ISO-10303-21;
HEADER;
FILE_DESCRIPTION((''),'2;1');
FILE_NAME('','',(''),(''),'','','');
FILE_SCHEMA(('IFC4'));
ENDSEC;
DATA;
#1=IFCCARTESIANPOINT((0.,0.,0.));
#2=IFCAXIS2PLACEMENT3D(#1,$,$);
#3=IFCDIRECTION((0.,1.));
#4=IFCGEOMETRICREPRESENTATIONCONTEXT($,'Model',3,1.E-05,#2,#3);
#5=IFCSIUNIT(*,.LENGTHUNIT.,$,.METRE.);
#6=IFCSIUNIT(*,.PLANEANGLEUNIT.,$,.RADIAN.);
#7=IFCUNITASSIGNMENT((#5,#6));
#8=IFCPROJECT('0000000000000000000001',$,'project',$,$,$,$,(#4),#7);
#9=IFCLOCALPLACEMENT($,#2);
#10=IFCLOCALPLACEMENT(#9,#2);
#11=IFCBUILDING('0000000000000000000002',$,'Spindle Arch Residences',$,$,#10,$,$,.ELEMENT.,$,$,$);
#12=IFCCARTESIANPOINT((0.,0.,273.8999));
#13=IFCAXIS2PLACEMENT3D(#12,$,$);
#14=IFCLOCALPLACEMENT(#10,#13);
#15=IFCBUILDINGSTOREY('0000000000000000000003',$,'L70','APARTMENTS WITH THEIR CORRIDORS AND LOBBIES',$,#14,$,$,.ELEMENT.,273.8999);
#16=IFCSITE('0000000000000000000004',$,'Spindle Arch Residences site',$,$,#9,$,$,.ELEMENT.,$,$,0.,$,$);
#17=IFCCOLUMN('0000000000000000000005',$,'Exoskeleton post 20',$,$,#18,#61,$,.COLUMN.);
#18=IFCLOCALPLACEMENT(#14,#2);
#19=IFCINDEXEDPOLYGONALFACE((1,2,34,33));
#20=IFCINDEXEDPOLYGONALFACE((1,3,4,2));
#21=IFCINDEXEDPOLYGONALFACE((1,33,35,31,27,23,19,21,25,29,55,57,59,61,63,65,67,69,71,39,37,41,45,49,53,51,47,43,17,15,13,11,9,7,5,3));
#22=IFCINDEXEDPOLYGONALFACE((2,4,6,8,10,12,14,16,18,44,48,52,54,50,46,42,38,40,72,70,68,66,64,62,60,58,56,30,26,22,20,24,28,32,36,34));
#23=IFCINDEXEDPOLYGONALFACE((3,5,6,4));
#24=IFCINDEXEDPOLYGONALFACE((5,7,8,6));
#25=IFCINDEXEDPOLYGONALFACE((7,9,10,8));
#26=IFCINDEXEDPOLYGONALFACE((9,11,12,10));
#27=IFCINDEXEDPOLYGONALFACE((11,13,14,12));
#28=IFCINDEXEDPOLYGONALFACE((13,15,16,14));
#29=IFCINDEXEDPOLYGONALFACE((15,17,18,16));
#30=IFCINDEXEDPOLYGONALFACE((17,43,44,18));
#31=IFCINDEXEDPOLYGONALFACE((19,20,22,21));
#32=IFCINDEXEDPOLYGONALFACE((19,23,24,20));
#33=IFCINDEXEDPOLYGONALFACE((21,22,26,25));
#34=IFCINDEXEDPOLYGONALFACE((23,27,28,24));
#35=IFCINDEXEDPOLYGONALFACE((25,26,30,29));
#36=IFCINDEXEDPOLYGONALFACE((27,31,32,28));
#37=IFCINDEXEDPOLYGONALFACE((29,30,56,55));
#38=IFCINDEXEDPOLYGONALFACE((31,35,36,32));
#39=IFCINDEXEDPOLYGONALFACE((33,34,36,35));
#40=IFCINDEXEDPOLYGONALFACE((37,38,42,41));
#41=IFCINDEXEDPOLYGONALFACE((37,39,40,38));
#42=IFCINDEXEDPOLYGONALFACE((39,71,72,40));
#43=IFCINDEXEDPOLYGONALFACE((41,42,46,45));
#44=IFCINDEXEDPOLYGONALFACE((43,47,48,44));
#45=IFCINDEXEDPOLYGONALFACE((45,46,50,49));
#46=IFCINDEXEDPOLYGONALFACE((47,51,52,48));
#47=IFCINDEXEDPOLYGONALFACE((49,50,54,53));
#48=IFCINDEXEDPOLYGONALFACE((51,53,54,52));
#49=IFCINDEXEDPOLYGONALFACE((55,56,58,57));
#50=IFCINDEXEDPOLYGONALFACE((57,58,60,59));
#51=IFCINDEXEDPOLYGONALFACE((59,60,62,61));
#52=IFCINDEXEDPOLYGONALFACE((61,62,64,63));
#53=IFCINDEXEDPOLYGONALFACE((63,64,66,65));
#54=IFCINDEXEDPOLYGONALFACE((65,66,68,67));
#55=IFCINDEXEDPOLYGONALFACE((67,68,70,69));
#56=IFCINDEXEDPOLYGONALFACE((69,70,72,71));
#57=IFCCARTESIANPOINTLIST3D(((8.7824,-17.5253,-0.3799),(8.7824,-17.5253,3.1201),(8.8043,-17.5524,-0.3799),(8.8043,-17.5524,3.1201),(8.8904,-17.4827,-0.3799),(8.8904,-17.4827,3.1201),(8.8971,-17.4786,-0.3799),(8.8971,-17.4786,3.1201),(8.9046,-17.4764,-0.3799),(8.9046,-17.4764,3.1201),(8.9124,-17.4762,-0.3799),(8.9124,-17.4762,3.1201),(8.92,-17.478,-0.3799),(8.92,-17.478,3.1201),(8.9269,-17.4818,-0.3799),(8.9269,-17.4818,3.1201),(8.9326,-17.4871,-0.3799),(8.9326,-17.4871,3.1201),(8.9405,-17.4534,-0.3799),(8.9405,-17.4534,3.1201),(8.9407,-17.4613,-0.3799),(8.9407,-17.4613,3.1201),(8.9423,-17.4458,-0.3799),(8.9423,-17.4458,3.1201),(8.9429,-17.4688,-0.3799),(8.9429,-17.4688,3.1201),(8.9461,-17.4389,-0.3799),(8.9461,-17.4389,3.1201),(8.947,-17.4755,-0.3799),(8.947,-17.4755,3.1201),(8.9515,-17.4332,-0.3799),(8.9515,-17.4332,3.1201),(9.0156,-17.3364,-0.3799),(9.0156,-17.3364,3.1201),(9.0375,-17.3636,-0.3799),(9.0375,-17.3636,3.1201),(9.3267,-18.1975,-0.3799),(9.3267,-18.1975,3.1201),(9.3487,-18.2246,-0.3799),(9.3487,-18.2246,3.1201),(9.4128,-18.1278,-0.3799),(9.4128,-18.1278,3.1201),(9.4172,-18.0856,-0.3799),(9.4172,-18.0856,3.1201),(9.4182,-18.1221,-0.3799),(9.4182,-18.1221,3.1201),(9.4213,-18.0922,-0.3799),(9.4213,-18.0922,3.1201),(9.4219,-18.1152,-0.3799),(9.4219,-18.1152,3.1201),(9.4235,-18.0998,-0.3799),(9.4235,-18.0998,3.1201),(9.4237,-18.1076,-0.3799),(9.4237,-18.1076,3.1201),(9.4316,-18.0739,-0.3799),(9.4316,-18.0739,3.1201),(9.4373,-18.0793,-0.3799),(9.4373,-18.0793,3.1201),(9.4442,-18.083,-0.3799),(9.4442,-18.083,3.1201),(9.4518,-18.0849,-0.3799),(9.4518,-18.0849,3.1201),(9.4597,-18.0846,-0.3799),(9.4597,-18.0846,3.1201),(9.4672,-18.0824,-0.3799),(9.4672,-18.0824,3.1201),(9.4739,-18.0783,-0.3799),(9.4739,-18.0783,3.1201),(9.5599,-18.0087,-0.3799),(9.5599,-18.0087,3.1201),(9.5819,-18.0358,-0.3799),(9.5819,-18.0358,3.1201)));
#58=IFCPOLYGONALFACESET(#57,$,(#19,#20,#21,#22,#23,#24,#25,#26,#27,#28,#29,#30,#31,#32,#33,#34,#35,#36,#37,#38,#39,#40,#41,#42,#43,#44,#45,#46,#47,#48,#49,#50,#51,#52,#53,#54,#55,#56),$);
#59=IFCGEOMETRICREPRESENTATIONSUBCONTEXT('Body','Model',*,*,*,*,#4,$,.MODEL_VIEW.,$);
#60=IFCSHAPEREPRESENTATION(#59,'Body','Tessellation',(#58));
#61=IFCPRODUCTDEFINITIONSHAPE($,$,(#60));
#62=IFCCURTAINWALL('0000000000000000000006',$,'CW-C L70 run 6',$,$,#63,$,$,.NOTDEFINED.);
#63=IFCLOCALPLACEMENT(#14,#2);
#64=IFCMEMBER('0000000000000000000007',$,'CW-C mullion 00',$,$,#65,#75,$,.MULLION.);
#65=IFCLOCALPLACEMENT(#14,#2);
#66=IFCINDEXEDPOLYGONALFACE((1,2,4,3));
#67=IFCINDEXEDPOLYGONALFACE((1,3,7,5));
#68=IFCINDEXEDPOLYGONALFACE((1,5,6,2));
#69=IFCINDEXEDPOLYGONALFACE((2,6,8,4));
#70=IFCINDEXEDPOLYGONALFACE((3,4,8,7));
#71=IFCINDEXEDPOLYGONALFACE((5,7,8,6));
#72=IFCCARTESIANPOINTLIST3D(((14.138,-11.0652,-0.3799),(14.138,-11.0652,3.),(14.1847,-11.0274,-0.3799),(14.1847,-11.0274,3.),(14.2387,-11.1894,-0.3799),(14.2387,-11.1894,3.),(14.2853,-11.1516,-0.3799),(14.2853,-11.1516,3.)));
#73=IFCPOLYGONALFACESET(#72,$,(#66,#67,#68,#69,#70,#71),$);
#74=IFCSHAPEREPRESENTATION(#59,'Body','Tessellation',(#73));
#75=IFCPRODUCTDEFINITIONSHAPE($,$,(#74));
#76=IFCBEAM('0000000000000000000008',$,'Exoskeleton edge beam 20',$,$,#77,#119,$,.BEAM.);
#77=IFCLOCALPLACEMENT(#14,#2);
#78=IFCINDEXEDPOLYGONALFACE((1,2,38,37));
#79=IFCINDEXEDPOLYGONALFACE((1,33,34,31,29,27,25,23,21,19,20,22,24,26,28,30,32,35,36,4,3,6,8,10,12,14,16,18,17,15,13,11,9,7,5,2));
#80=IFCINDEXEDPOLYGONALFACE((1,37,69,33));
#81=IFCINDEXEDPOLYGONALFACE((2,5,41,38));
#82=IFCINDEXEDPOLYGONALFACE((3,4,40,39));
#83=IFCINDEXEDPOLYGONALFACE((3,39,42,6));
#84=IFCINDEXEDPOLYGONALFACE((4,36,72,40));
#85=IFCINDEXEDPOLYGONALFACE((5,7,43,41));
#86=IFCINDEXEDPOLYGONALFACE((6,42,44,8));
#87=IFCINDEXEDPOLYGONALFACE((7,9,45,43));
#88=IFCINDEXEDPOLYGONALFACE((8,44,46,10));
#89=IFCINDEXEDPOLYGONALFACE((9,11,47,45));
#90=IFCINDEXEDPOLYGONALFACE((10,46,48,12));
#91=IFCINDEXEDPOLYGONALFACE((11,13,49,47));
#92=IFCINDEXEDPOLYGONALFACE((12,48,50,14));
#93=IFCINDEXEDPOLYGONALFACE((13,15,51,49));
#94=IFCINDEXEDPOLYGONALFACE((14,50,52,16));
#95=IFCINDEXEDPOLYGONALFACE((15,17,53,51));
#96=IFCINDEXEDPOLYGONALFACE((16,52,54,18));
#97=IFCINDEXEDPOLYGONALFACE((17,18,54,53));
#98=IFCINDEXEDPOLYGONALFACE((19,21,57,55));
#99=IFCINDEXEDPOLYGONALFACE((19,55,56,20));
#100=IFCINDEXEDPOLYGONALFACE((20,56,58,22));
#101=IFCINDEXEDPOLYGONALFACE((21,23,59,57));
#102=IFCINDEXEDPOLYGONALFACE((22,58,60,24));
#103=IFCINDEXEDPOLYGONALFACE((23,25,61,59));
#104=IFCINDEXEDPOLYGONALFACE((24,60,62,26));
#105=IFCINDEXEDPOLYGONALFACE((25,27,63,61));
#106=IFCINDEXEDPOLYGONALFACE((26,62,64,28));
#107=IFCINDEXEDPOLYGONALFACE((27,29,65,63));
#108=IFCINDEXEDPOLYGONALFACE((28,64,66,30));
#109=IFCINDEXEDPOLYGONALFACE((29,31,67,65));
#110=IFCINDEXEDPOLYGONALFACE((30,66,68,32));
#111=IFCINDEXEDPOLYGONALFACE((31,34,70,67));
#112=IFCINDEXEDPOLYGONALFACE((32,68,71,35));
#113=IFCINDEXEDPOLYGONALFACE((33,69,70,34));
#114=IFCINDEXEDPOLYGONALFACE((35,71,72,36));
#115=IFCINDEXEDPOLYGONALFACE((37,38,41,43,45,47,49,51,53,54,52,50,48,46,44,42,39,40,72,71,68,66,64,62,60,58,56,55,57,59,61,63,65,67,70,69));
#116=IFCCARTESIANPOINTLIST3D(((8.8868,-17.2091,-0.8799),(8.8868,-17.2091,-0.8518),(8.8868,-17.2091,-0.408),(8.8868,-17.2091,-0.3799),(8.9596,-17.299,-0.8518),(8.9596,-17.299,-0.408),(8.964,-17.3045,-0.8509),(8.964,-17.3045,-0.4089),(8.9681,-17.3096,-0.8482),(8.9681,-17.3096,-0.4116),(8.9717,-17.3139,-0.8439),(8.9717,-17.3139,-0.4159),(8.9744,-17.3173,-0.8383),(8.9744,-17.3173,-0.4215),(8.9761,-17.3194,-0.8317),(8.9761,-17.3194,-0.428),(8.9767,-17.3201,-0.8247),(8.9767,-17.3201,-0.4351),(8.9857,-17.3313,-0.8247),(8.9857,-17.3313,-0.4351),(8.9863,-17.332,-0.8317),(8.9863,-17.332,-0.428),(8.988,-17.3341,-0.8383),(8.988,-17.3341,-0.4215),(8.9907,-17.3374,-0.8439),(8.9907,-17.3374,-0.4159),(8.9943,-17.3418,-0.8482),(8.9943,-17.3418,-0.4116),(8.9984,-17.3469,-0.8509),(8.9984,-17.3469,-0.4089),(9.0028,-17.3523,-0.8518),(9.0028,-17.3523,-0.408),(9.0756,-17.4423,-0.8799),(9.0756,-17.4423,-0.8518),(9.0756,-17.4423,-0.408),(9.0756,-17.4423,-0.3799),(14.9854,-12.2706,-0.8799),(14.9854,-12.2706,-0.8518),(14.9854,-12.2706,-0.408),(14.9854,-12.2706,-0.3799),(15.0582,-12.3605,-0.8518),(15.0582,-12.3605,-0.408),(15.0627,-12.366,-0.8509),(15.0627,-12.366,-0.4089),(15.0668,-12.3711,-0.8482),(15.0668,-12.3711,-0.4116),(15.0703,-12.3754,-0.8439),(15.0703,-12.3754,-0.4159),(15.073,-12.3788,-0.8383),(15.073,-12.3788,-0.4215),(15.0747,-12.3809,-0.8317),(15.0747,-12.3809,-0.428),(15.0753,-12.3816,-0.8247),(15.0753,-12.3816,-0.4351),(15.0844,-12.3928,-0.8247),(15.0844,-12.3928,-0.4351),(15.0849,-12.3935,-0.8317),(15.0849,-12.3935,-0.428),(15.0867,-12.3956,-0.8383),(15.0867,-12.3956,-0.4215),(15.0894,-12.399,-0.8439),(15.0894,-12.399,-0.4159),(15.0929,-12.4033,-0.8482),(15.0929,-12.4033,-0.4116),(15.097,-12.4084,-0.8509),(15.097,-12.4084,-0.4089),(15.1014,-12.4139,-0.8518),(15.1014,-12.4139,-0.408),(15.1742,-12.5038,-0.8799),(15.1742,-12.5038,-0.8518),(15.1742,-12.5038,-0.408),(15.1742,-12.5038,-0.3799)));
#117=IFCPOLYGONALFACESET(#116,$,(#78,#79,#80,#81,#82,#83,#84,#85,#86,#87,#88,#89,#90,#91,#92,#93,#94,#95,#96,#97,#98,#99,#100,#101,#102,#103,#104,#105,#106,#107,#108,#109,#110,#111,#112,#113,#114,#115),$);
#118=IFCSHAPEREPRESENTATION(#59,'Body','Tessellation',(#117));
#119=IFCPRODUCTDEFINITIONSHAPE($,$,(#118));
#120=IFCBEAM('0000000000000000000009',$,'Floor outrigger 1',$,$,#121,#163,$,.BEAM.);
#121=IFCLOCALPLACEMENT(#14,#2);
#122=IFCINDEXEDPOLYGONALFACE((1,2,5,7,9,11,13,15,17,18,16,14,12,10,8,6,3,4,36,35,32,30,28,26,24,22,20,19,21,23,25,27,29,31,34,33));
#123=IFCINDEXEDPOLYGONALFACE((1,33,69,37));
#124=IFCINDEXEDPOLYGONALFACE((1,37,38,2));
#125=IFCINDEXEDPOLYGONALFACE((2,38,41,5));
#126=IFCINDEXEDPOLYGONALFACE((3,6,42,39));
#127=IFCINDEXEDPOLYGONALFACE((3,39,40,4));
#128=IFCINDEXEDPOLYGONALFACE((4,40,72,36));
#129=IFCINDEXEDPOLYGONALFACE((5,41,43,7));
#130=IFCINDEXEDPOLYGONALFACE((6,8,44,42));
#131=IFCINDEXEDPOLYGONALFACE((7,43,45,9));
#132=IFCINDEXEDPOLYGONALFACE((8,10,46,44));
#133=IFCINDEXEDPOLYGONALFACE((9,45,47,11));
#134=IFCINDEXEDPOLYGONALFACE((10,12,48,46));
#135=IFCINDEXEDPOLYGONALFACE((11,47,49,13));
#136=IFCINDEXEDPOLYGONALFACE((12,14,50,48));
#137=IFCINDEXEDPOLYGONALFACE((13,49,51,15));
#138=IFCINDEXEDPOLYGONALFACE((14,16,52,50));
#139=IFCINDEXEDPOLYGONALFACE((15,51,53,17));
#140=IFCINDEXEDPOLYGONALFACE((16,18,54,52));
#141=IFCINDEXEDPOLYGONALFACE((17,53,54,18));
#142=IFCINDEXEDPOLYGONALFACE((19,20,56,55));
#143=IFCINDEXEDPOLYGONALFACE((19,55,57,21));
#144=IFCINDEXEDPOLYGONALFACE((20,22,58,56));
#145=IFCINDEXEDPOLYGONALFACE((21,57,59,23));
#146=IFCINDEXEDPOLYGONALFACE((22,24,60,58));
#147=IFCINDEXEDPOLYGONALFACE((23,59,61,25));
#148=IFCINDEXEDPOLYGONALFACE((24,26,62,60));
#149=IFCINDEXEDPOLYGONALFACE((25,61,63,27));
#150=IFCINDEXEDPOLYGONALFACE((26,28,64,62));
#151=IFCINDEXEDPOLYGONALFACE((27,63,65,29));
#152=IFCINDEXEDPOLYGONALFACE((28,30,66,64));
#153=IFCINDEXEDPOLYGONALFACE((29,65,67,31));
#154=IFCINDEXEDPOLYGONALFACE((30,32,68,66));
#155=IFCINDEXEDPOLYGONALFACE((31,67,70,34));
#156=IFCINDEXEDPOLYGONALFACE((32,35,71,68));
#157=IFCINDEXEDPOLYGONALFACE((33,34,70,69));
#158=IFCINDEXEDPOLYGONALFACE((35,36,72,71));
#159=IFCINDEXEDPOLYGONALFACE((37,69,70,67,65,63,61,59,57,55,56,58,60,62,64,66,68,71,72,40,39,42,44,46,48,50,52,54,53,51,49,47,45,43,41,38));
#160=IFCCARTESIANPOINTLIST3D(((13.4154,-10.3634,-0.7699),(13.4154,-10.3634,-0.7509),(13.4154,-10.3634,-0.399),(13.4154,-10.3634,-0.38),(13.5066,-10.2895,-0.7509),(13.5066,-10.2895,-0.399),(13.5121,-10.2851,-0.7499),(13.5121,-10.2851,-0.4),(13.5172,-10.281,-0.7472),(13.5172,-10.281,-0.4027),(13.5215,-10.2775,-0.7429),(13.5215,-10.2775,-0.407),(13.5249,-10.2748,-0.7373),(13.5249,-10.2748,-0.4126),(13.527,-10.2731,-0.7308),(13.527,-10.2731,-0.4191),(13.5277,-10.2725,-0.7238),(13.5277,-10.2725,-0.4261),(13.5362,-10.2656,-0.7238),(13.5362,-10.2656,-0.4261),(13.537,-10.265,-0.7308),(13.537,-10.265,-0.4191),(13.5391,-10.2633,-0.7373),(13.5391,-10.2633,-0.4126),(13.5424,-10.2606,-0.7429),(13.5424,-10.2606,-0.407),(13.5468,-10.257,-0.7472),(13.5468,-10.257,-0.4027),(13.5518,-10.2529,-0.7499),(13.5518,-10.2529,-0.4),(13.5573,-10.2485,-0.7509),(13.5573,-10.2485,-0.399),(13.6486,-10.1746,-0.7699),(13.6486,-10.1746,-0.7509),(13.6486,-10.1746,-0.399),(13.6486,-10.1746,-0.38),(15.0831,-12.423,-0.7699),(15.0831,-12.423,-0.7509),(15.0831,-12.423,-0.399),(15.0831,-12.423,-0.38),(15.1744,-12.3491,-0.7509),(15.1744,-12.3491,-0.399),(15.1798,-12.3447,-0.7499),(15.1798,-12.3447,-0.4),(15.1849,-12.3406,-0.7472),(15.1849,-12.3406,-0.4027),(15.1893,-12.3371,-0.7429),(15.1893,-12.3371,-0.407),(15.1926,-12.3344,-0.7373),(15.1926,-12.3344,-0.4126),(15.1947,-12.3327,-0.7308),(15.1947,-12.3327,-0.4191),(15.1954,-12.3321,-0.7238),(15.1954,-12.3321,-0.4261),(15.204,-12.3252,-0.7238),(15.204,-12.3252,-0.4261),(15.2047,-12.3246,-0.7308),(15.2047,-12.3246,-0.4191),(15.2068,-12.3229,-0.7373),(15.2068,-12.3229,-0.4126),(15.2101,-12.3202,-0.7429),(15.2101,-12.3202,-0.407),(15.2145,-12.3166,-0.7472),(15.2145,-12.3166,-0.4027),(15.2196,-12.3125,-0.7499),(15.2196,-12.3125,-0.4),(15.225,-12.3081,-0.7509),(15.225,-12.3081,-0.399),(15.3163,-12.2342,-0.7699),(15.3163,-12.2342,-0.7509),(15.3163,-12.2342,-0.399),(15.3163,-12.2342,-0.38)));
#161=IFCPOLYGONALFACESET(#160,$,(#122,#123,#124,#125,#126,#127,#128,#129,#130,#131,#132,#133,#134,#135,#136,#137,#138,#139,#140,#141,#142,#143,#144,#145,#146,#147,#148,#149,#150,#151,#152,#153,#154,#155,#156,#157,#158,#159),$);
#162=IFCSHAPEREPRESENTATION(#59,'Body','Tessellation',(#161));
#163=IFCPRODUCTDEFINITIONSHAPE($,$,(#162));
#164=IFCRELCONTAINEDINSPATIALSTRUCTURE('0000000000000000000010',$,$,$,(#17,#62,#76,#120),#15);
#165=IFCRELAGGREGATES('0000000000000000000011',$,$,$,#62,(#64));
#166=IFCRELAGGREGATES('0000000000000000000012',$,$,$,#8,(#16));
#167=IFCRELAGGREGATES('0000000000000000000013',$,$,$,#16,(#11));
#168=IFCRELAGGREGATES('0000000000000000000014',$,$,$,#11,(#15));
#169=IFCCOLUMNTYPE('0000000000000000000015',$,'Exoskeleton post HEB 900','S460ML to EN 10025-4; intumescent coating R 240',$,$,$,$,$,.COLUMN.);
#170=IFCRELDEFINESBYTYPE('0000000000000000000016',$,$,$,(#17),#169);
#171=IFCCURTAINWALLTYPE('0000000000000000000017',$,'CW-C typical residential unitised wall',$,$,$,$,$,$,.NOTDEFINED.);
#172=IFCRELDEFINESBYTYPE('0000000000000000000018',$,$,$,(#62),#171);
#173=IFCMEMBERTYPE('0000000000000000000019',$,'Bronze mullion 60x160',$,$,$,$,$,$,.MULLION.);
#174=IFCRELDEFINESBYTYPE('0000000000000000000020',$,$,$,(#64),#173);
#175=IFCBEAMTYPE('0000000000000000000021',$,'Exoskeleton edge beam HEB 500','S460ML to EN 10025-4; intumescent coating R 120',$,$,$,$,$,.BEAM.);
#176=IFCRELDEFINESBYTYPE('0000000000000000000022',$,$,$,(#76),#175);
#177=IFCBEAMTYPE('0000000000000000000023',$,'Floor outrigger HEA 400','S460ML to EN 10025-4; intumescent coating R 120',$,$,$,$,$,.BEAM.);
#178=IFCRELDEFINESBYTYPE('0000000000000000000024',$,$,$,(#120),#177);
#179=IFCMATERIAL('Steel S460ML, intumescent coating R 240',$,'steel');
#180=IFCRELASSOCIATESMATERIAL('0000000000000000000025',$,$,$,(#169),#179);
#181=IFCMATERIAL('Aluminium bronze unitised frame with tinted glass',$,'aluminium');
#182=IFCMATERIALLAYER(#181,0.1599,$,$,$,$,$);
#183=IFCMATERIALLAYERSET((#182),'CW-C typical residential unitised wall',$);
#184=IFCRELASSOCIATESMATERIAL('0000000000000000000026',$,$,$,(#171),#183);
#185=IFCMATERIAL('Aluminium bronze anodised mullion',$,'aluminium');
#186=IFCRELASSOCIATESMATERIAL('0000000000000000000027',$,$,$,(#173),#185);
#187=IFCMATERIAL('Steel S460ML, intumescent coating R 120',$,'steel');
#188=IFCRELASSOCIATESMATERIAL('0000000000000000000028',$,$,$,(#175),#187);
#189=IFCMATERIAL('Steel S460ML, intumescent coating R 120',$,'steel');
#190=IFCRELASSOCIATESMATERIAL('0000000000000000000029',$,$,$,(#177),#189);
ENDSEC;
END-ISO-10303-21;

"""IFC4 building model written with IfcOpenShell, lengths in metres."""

from ifc_helpers import new_model, si_unit, direction, frame, origin, origin_2d, place, context, subcontext, project, spatial, rectangle, i_section, extrude, material, layer, layer_set, material_profile, profile_set, type_object, element, aggregate, save


model = new_model("IFC4")

# Units and contexts
model_context = context("Model", 3, precision=1e-05, world=origin(), true_north=direction((0.0, 1.0)))
body_context = subcontext(model_context, "Body", "Model", "MODEL_VIEW")
ifc_project = project(units=[si_unit("LENGTHUNIT", "METRE"), si_unit("PLANEANGLEUNIT", "RADIAN")], contexts=[model_context])

# Site, building, storey
site_placement = place(None, origin())
site = spatial("IfcSite", under=ifc_project, at=site_placement, Name="Spindle Arch Residences site", CompositionType="ELEMENT", RefElevation=0.0)
building_placement = place(site_placement, origin())
building = spatial("IfcBuilding", under=site, at=building_placement, Name="Spindle Arch Residences", CompositionType="ELEMENT")
storey_placement = place(building_placement, frame((0.0, 0.0, 273.8999)))
storey = spatial("IfcBuildingStorey", under=building, at=storey_placement, Name="L70", Description="APARTMENTS WITH THEIR CORRIDORS AND LOBBIES", CompositionType="ELEMENT", Elevation=273.8999)

# Column
ifc_material_1 = material(Name="Steel S460ML, intumescent coating R 240", Category="steel")
ifc_material_profile_1 = material_profile(ifc_material_1, i_section(OverallWidth=0.3, OverallDepth=0.8999, WebThickness=0.0186, FlangeThickness=0.0349, FilletRadius=0.03, at=origin_2d()), Name="HEB 900")
ifc_profile_set_1 = profile_set([ifc_material_profile_1], Name="Steel S460ML, intumescent coating R 240")
column_type = type_object("IfcColumnType", Name="Exoskeleton post HEB 900", Description="S460ML to EN 10025-4; intumescent coating R 240", PredefinedType="COLUMN", material=ifc_profile_set_1)
column_placement = place(storey_placement, frame((9.1821, -17.7805, -0.3799), z_axis=(0.0, 0.0, 1.0), x_axis=(-0.777146, -0.62932, 0.0)))
element("IfcColumn", 1, at=column_placement, inside=storey, type_object=column_type, Name="Exoskeleton post 20", PredefinedType="COLUMN", context=body_context, shape_type="SweptSolid", body=[
    extrude(i_section(OverallWidth=0.3, OverallDepth=0.8999, WebThickness=0.0186, FlangeThickness=0.0349, FilletRadius=0.03, at=origin_2d()), origin(), (0.0, 0.0, 1.0), 3.5),
])

# Curtain wall, member
ifc_material_2 = material(Name="Aluminium bronze unitised frame with tinted glass", Category="aluminium")
ifc_layer_1 = layer(ifc_material_2, 0.1599)
ifc_layer_set_1 = layer_set([ifc_layer_1], Name="CW-C typical residential unitised wall")
curtain_wall_type = type_object("IfcCurtainWallType", Name="CW-C typical residential unitised wall", PredefinedType="NOTDEFINED", material=ifc_layer_set_1)
curtain_wall_placement = place(storey_placement, origin())
curtain_wall = element("IfcCurtainWall", 2, at=curtain_wall_placement, inside=storey, type_object=curtain_wall_type, Name="CW-C L70 run 6", PredefinedType="NOTDEFINED")
ifc_material_3 = material(Name="Aluminium bronze anodised mullion", Category="aluminium")
ifc_material_profile_2 = material_profile(ifc_material_3, rectangle(XDim=0.1599, YDim=0.0601, at=origin_2d()), Name="MU 60x160")
ifc_profile_set_2 = profile_set([ifc_material_profile_2], Name="Aluminium bronze anodised mullion")
member_type = type_object("IfcMemberType", Name="Bronze mullion 60x160", PredefinedType="MULLION", material=ifc_profile_set_2)
member_placement = place(storey_placement, frame((14.2117, -11.1084, -0.3799), z_axis=(0.0, 0.0, 1.0), x_axis=(-0.62932, 0.777146, 0.0)))
member = element("IfcMember", 3, at=member_placement, type_object=member_type, Name="CW-C mullion 00", PredefinedType="MULLION", context=body_context, shape_type="SweptSolid", body=[
    extrude(rectangle(XDim=0.1599, YDim=0.0601, at=origin_2d()), origin(), (0.0, 0.0, 1.0), 3.3799),
])

# Beams
ifc_material_4 = material(Name="Steel S460ML, intumescent coating R 120", Category="steel")
ifc_material_profile_3 = material_profile(ifc_material_4, i_section(OverallWidth=0.3, OverallDepth=0.5, WebThickness=0.0144, FlangeThickness=0.0281, FilletRadius=0.0271, at=origin_2d()), Name="HEB 500")
ifc_profile_set_3 = profile_set([ifc_material_profile_3], Name="Steel S460ML, intumescent coating R 120")
beam_type_1 = type_object("IfcBeamType", Name="Exoskeleton edge beam HEB 500", Description="S460ML to EN 10025-4; intumescent coating R 120", PredefinedType="BEAM", material=ifc_profile_set_3)
beam_placement = place(storey_placement, frame((8.9812, -17.3257, -0.6299), z_axis=(0.777152, 0.629313, 0.0), x_axis=(-0.629313, 0.777152, 0.0)))
element("IfcBeam", 4, at=beam_placement, inside=storey, type_object=beam_type_1, Name="Exoskeleton edge beam 20", PredefinedType="BEAM", context=body_context, shape_type="SweptSolid", body=[
    extrude(i_section(OverallWidth=0.3, OverallDepth=0.5, WebThickness=0.0144, FlangeThickness=0.0281, FilletRadius=0.0271, at=origin_2d()), origin(), (0.0, 0.0, 1.0), 7.8474),
])
ifc_material_5 = material(Name="Steel S460ML, intumescent coating R 120", Category="steel")
ifc_material_profile_4 = material_profile(ifc_material_5, i_section(OverallWidth=0.3, OverallDepth=0.3899, WebThickness=0.011, FlangeThickness=0.019, FilletRadius=0.0271, at=origin_2d()), Name="HEA 400")
ifc_profile_set_4 = profile_set([ifc_material_profile_4], Name="Steel S460ML, intumescent coating R 120")
beam_type_2 = type_object("IfcBeamType", Name="Floor outrigger HEA 400", Description="S460ML to EN 10025-4; intumescent coating R 120", PredefinedType="BEAM", material=ifc_profile_set_4)
for number, where, z_axis, x_axis, name in (
    (5, (15.1997, -12.3286, -0.575), (-0.629302, 0.777161, 0.0), (-0.777161, -0.629302, 0.0), "Floor outrigger 1"),
):
    element("IfcBeam", number, at=place(storey_placement, frame(where, z_axis=z_axis, x_axis=x_axis)), inside=storey, type_object=beam_type_2, Name=name, PredefinedType="BEAM", context=body_context, shape_type="SweptSolid", body=[
        extrude(i_section(OverallWidth=0.3, OverallDepth=0.3899, WebThickness=0.011, FlangeThickness=0.019, FilletRadius=0.0271, at=origin_2d()), origin(), (0.0, 0.0, 1.0), 2.6501),
    ])

aggregate(curtain_wall, [member])

save(model, "model.ifc")
